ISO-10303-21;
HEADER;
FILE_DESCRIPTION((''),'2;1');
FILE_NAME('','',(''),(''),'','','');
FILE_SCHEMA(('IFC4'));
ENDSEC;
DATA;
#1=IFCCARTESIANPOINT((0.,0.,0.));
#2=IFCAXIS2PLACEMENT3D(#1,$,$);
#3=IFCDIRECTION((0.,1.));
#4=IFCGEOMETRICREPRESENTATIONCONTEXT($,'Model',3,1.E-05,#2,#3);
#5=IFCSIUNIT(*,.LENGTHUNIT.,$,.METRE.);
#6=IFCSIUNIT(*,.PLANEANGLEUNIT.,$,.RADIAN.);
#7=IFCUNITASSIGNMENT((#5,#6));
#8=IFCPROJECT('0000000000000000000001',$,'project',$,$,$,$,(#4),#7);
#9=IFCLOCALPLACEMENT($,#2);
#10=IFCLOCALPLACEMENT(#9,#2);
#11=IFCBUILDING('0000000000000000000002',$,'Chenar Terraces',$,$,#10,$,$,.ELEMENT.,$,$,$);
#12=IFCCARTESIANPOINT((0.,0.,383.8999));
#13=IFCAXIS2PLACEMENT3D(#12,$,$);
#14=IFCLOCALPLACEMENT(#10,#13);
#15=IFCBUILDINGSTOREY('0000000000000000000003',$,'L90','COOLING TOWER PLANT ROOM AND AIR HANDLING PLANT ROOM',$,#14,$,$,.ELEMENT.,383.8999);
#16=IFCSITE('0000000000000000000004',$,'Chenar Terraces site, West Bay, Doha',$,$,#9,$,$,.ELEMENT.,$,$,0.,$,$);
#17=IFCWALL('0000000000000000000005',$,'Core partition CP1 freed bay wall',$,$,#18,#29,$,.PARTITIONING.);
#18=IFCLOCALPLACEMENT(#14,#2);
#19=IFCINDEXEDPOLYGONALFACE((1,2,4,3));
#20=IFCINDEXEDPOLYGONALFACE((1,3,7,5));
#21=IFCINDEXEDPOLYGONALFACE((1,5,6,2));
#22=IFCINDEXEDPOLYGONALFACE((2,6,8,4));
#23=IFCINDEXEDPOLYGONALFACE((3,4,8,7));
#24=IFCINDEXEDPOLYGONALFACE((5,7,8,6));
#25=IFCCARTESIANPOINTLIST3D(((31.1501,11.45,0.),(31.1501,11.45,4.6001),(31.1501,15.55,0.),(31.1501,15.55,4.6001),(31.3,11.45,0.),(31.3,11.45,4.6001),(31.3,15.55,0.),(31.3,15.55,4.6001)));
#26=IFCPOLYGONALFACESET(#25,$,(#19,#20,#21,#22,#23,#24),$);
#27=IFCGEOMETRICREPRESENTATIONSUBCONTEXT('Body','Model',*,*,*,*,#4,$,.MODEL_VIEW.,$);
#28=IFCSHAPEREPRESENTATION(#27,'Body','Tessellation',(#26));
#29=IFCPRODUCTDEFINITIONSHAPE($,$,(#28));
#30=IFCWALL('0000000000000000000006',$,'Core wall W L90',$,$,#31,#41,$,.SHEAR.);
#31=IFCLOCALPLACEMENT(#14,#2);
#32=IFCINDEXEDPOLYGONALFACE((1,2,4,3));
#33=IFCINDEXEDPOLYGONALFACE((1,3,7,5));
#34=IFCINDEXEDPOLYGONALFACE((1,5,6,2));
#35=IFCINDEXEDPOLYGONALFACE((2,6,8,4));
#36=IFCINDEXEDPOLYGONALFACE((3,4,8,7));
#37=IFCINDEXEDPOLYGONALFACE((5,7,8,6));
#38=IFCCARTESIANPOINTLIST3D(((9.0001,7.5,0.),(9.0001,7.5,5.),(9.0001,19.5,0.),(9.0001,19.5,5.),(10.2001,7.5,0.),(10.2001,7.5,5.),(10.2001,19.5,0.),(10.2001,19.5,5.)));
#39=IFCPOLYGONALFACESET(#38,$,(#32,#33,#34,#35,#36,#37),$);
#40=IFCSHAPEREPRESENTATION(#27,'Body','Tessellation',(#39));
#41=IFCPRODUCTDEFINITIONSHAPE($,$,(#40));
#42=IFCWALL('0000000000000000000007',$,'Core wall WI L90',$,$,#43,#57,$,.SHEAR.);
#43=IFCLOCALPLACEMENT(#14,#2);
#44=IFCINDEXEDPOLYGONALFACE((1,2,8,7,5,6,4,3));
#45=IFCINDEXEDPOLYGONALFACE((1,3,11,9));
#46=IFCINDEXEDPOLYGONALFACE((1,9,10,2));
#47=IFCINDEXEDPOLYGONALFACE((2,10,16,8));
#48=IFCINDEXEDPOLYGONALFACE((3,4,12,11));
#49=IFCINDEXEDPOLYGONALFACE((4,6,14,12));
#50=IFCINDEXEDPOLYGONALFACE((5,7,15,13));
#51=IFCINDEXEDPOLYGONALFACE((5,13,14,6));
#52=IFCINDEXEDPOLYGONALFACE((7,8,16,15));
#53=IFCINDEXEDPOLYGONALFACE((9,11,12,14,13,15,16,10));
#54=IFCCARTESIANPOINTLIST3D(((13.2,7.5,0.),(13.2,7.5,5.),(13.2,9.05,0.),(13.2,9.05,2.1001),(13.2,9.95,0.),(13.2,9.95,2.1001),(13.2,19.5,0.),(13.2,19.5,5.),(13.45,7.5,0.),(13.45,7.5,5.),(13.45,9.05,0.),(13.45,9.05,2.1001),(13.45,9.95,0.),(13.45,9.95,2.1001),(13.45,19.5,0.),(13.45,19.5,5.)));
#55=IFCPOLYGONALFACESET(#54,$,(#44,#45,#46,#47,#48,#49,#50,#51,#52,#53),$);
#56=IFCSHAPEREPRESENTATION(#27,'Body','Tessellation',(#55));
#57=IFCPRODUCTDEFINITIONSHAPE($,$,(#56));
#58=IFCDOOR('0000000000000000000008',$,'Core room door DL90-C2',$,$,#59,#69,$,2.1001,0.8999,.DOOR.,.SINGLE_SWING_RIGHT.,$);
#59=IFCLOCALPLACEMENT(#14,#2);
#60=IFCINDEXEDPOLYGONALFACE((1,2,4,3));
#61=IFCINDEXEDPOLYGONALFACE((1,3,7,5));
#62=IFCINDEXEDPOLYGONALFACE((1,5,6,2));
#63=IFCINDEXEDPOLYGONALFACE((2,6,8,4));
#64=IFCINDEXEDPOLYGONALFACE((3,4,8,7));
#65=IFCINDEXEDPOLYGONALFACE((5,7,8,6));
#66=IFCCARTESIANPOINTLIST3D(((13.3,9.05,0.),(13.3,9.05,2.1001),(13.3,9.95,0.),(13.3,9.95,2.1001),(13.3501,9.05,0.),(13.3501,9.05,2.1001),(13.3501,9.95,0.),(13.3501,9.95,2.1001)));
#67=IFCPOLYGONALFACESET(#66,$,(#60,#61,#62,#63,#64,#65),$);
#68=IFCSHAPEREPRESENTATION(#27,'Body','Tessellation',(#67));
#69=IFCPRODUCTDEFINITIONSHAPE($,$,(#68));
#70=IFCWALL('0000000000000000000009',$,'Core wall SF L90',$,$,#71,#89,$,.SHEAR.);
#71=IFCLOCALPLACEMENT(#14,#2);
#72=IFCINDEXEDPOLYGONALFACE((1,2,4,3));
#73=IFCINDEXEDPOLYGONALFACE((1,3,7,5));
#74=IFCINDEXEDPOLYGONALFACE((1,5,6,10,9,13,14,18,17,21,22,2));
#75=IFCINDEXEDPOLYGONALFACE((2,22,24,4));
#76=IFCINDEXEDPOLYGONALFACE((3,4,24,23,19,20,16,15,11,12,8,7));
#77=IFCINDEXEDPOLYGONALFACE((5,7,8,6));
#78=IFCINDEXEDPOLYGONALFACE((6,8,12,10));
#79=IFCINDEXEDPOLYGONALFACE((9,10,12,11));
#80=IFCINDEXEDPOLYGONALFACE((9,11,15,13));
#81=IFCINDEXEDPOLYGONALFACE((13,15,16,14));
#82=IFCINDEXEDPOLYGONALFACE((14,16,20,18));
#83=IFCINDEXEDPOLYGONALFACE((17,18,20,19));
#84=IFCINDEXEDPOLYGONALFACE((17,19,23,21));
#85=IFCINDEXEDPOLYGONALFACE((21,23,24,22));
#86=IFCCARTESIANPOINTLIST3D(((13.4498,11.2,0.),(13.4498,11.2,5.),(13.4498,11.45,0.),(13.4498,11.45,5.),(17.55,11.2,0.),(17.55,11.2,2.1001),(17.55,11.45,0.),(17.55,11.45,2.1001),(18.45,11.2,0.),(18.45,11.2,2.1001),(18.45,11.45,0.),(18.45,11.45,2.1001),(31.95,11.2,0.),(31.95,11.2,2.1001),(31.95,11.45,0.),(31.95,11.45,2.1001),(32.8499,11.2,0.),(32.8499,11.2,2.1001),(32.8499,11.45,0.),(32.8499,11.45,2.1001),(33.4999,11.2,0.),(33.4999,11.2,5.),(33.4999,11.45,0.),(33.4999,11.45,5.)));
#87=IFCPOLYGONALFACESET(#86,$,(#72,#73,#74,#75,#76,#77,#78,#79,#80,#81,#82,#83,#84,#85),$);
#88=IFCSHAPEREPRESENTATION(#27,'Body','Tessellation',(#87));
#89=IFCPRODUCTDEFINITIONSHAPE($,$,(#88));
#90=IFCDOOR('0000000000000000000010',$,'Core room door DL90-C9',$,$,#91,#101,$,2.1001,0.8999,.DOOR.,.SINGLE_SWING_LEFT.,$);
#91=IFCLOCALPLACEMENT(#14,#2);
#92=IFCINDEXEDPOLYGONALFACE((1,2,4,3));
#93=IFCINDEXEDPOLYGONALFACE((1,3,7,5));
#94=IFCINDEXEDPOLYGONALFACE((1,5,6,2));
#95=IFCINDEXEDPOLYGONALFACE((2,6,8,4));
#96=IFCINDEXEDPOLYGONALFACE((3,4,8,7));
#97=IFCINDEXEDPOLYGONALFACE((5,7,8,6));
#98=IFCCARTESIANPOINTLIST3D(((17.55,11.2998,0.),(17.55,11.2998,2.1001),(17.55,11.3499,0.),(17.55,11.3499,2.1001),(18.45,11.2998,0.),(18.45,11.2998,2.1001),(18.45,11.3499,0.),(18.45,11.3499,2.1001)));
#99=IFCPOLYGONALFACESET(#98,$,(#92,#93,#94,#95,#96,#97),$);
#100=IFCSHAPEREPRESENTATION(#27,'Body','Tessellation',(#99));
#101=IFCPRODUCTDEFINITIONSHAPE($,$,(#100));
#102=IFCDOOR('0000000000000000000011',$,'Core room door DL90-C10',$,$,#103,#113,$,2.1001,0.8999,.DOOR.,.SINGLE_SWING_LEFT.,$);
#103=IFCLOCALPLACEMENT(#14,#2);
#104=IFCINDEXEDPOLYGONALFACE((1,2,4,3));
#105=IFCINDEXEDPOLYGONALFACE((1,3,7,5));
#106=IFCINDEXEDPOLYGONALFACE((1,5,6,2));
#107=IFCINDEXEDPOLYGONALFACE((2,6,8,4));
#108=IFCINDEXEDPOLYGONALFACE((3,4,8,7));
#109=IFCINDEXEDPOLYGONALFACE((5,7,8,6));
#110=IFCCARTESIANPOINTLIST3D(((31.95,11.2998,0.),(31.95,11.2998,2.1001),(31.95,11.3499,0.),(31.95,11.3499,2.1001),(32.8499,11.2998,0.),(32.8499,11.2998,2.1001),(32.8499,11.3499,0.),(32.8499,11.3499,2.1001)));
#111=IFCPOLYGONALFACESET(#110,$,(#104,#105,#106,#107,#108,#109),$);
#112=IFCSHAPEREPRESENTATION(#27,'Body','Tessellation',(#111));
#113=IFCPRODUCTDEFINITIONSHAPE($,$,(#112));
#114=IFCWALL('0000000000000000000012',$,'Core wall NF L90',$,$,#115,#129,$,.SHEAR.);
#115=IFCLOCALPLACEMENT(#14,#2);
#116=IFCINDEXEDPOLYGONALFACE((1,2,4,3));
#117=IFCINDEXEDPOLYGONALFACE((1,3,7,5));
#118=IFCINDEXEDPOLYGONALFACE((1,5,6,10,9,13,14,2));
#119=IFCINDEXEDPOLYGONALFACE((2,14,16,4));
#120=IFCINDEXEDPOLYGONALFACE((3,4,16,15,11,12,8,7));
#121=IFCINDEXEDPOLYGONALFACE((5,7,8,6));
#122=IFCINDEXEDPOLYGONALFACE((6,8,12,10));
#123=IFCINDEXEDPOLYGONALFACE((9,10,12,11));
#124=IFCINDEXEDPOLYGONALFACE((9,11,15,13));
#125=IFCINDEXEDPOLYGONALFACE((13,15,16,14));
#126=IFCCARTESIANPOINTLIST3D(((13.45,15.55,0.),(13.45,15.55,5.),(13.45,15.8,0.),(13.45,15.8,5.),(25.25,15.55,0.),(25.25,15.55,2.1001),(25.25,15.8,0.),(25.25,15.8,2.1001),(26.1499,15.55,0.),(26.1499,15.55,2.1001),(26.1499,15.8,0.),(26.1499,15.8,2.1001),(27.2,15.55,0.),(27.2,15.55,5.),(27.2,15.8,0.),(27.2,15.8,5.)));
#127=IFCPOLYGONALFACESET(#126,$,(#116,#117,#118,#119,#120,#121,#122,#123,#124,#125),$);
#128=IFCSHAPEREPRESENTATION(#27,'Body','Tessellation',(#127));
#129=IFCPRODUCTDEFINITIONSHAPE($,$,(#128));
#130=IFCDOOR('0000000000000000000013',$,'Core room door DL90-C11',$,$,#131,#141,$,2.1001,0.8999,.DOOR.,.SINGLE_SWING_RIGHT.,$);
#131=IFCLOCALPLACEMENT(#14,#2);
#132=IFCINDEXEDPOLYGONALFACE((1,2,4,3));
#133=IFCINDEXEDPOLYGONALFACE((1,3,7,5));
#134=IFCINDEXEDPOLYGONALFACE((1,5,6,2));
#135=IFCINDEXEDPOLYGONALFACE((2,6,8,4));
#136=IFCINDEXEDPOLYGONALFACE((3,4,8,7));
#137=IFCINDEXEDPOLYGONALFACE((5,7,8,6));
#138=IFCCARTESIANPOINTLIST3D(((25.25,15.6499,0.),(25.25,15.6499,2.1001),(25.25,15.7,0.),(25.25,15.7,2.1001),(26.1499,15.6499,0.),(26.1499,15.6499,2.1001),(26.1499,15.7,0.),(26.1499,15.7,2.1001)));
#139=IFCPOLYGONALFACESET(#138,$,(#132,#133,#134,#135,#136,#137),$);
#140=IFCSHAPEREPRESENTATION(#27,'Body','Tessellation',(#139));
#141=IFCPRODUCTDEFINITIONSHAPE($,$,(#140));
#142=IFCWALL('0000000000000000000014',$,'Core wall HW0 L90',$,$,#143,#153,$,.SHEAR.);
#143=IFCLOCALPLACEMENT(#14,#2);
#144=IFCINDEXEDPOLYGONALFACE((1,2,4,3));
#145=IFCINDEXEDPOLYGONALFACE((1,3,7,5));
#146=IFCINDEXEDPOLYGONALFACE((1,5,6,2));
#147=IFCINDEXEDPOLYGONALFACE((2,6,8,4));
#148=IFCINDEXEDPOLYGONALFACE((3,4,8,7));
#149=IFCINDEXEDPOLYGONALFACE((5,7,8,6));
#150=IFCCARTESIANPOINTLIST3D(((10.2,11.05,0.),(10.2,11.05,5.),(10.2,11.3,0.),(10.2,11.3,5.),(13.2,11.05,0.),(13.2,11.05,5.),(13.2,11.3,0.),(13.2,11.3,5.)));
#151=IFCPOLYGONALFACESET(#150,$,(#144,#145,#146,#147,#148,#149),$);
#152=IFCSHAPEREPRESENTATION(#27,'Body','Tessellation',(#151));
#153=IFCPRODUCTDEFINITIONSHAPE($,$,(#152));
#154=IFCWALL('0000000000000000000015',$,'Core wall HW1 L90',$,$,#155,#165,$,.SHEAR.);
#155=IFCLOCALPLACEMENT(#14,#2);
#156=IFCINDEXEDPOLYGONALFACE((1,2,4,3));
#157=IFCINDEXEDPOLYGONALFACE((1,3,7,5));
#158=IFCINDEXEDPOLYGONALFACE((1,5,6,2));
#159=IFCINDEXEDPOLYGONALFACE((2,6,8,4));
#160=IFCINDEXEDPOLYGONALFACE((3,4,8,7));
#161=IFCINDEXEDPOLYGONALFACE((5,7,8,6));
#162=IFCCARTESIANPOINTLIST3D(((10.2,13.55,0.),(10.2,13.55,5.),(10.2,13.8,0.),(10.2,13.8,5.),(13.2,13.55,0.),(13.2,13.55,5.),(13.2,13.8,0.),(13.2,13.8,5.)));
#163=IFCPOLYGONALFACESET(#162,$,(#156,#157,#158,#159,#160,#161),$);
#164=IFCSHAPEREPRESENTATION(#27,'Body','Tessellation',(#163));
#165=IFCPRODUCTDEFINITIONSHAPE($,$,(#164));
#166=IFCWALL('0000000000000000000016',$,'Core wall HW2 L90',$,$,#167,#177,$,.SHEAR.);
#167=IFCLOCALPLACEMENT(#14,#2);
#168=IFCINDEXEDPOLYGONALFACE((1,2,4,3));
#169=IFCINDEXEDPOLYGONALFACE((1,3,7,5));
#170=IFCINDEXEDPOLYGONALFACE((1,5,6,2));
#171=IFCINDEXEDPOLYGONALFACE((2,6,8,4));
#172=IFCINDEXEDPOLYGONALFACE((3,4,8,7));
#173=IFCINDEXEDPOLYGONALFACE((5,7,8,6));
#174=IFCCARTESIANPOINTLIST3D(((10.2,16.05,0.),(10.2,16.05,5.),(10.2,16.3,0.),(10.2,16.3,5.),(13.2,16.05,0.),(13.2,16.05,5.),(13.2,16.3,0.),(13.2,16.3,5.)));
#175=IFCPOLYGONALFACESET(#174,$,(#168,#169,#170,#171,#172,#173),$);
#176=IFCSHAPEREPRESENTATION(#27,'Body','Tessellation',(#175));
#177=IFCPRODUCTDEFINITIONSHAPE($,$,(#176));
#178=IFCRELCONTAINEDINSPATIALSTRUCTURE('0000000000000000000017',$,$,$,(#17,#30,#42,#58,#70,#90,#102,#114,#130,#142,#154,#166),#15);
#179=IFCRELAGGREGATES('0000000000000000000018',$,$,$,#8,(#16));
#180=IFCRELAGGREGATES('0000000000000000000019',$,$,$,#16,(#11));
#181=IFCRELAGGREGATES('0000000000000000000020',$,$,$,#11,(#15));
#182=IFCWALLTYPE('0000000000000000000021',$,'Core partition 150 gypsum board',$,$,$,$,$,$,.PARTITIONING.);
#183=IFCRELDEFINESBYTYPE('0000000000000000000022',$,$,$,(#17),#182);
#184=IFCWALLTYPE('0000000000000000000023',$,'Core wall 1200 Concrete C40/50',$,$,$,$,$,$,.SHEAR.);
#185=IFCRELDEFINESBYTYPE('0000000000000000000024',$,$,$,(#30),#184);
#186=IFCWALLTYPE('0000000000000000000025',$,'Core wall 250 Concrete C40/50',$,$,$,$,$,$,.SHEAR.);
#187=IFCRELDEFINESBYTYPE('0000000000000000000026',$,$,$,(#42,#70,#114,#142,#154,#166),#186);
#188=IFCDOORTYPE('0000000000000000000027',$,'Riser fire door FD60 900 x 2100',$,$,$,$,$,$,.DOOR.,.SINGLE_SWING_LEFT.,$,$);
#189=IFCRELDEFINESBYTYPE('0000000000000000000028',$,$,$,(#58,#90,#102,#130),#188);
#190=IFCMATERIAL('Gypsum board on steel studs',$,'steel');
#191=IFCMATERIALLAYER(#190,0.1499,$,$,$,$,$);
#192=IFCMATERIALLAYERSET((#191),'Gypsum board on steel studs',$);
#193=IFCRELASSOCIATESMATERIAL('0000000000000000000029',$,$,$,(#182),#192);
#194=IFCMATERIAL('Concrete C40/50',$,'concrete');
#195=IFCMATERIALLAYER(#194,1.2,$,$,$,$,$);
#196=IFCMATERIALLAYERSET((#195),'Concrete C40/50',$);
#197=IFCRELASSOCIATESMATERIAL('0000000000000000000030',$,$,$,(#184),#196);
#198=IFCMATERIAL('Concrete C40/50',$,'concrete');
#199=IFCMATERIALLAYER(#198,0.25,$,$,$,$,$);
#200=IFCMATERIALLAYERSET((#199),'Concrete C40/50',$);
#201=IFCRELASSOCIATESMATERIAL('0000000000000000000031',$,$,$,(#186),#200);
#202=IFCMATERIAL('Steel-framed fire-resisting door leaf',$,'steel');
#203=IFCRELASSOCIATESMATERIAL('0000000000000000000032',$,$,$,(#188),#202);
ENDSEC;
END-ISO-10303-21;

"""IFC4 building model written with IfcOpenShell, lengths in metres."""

from ifc_helpers import new_model, si_unit, direction, frame, frame_2d, origin, place, context, subcontext, project, spatial, rectangle, extrude, material, layer, layer_set, type_object, element, fill, save


model = new_model("IFC4")

# Units and contexts
model_context = context("Model", 3, precision=1e-05, world=origin(), true_north=direction((0.0, 1.0)))
body_context = subcontext(model_context, "Body", "Model", "MODEL_VIEW")
ifc_project = project(units=[si_unit("LENGTHUNIT", "METRE"), si_unit("PLANEANGLEUNIT", "RADIAN")], contexts=[model_context])

# Site, building, storey
site_placement = place(None, origin())
site = spatial("IfcSite", under=ifc_project, at=site_placement, Name="Chenar Terraces site, West Bay, Doha", CompositionType="ELEMENT", RefElevation=0.0)
building_placement = place(site_placement, origin())
building = spatial("IfcBuilding", under=site, at=building_placement, Name="Chenar Terraces", CompositionType="ELEMENT")
storey_placement = place(building_placement, frame((0.0, 0.0, 383.8999)))
storey = spatial("IfcBuildingStorey", under=building, at=storey_placement, Name="L90", Description="COOLING TOWER PLANT ROOM AND AIR HANDLING PLANT ROOM", CompositionType="ELEMENT", Elevation=383.8999)

# Walls
ifc_material_1 = material(Name="Gypsum board on steel studs", Category="steel")
ifc_layer_1 = layer(ifc_material_1, 0.1499)
ifc_layer_set_1 = layer_set([ifc_layer_1], Name="Gypsum board on steel studs")
wall_type_1 = type_object("IfcWallType", Name="Core partition 150 gypsum board", PredefinedType="PARTITIONING", material=ifc_layer_set_1)
wall_1_placement = place(storey_placement, frame((31.2251, 11.45, 0.0), z_axis=(0.0, 0.0, 1.0), x_axis=(0.0, 1.0, 0.0)))
element("IfcWall", 1, at=wall_1_placement, inside=storey, type_object=wall_type_1, Name="Core partition CP1 freed bay wall", PredefinedType="PARTITIONING", context=body_context, shape_type="SweptSolid", body=[
    extrude(rectangle(XDim=4.1001, YDim=0.1499, at=frame_2d((2.05, 0.0))), origin(), (0.0, 0.0, 1.0), 4.6001),
])
ifc_material_2 = material(Name="Concrete C40/50", Category="concrete")
ifc_layer_2 = layer(ifc_material_2, 1.2)
ifc_layer_set_2 = layer_set([ifc_layer_2], Name="Concrete C40/50")
wall_type_2 = type_object("IfcWallType", Name="Core wall 1200 Concrete C40/50", PredefinedType="SHEAR", material=ifc_layer_set_2)
wall_2_placement = place(storey_placement, frame((9.6001, 7.5, 0.0), z_axis=(0.0, 0.0, 1.0), x_axis=(0.0, 1.0, 0.0)))
element("IfcWall", 2, at=wall_2_placement, inside=storey, type_object=wall_type_2, Name="Core wall W L90", PredefinedType="SHEAR", context=body_context, shape_type="SweptSolid", body=[
    extrude(rectangle(XDim=12.0, YDim=1.2, at=frame_2d((6.0, 0.0))), origin(), (0.0, 0.0, 1.0), 5.0),
])

# Wall, opening, door
ifc_material_3 = material(Name="Concrete C40/50", Category="concrete")
ifc_layer_3 = layer(ifc_material_3, 0.25)
ifc_layer_set_3 = layer_set([ifc_layer_3], Name="Concrete C40/50")
wall_type_3 = type_object("IfcWallType", Name="Core wall 250 Concrete C40/50", PredefinedType="SHEAR", material=ifc_layer_set_3)
wall_3_placement = place(storey_placement, frame((13.325, 7.5, 0.0), z_axis=(0.0, 0.0, 1.0), x_axis=(0.0, 1.0, 0.0)))
wall_3 = element("IfcWall", 3, at=wall_3_placement, inside=storey, type_object=wall_type_3, Name="Core wall WI L90", PredefinedType="SHEAR", context=body_context, shape_type="SweptSolid", body=[
    extrude(rectangle(XDim=12.0, YDim=0.25, at=frame_2d((6.0, 0.0))), origin(), (0.0, 0.0, 1.0), 5.0),
])
opening_1_placement = place(wall_3_placement, frame((1.55, 0.0, 0.0)))
opening_1 = element("IfcOpeningElement", 4, at=opening_1_placement, cuts=wall_3, PredefinedType="OPENING", context=body_context, shape_type="SweptSolid", body=[
    extrude(rectangle(XDim=0.8999, YDim=2.1001, at=frame_2d((0.45, 1.05))), frame((0.0, 0.135, 0.0), z_axis=(0.0, -1.0, 0.0), x_axis=(1.0, 0.0, 0.0)), (0.0, 0.0, 1.0), 0.27),
])
ifc_material_4 = material(Name="Steel-framed fire-resisting door leaf", Category="steel")
door_type = type_object("IfcDoorType", Name="Riser fire door FD60 900 x 2100", OperationType="SINGLE_SWING_LEFT", PredefinedType="DOOR", material=ifc_material_4)
door_1_placement = place(opening_1_placement, origin())
door_1 = element("IfcDoor", 5, at=door_1_placement, inside=storey, type_object=door_type, Name="Core room door DL90-C2", OperationType="SINGLE_SWING_RIGHT", OverallHeight=2.1001, OverallWidth=0.8999, PredefinedType="DOOR", context=body_context, shape_type="SweptSolid", body=[
    extrude(rectangle(XDim=0.8999, YDim=2.1001, at=frame_2d((0.45, 1.05))), frame((0.0, 0.0249, 0.0), z_axis=(0.0, -1.0, 0.0), x_axis=(1.0, 0.0, 0.0)), (0.0, 0.0, 1.0), 0.05),
])
fill(opening_1, door_1)

# Wall, openings, doors
wall_4_placement = place(storey_placement, frame((13.45, 11.325, 0.0), z_axis=(0.0, 0.0, 1.0), x_axis=(1.0, 0.0, 0.0)))
wall_4 = element("IfcWall", 6, at=wall_4_placement, inside=storey, type_object=wall_type_3, Name="Core wall SF L90", PredefinedType="SHEAR", context=body_context, shape_type="SweptSolid", body=[
    extrude(rectangle(XDim=20.05, YDim=0.25, at=frame_2d((10.0249, 0.0))), origin(), (0.0, 0.0, 1.0), 5.0),
])
opening_2_placement = place(wall_4_placement, frame((4.1001, 0.0, 0.0)))
opening_2 = element("IfcOpeningElement", 7, at=opening_2_placement, cuts=wall_4, PredefinedType="OPENING", context=body_context, shape_type="SweptSolid", body=[
    extrude(rectangle(XDim=0.8999, YDim=2.1001, at=frame_2d((0.45, 1.05))), frame((0.0, 0.135, 0.0), z_axis=(0.0, -1.0, 0.0), x_axis=(1.0, 0.0, 0.0)), (0.0, 0.0, 1.0), 0.27),
])
opening_3_placement = place(wall_4_placement, frame((18.5, 0.0, 0.0)))
opening_3 = element("IfcOpeningElement", 8, at=opening_3_placement, cuts=wall_4, PredefinedType="OPENING", context=body_context, shape_type="SweptSolid", body=[
    extrude(rectangle(XDim=0.8999, YDim=2.1001, at=frame_2d((0.45, 1.05))), frame((0.0, 0.135, 0.0), z_axis=(0.0, -1.0, 0.0), x_axis=(1.0, 0.0, 0.0)), (0.0, 0.0, 1.0), 0.27),
])
door_2_placement = place(opening_2_placement, origin())
door_2 = element("IfcDoor", 9, at=door_2_placement, inside=storey, type_object=door_type, Name="Core room door DL90-C9", OperationType="SINGLE_SWING_LEFT", OverallHeight=2.1001, OverallWidth=0.8999, PredefinedType="DOOR", context=body_context, shape_type="SweptSolid", body=[
    extrude(rectangle(XDim=0.8999, YDim=2.1001, at=frame_2d((0.45, 1.05))), frame((0.0, 0.0249, 0.0), z_axis=(0.0, -1.0, 0.0), x_axis=(1.0, 0.0, 0.0)), (0.0, 0.0, 1.0), 0.05),
])
fill(opening_2, door_2)
door_3_placement = place(opening_3_placement, origin())
door_3 = element("IfcDoor", 10, at=door_3_placement, inside=storey, type_object=door_type, Name="Core room door DL90-C10", OperationType="SINGLE_SWING_LEFT", OverallHeight=2.1001, OverallWidth=0.8999, PredefinedType="DOOR", context=body_context, shape_type="SweptSolid", body=[
    extrude(rectangle(XDim=0.8999, YDim=2.1001, at=frame_2d((0.45, 1.05))), frame((0.0, 0.0249, 0.0), z_axis=(0.0, -1.0, 0.0), x_axis=(1.0, 0.0, 0.0)), (0.0, 0.0, 1.0), 0.05),
])
fill(opening_3, door_3)

# Wall, opening, door
wall_5_placement = place(storey_placement, frame((13.45, 15.675, 0.0), z_axis=(0.0, 0.0, 1.0), x_axis=(1.0, 0.0, 0.0)))
wall_5 = element("IfcWall", 11, at=wall_5_placement, inside=storey, type_object=wall_type_3, Name="Core wall NF L90", PredefinedType="SHEAR", context=body_context, shape_type="SweptSolid", body=[
    extrude(rectangle(XDim=13.75, YDim=0.25, at=frame_2d((6.875, 0.0))), origin(), (0.0, 0.0, 1.0), 5.0),
])
opening_4_placement = place(wall_5_placement, frame((11.8, 0.0, 0.0)))
opening_4 = element("IfcOpeningElement", 12, at=opening_4_placement, cuts=wall_5, PredefinedType="OPENING", context=body_context, shape_type="SweptSolid", body=[
    extrude(rectangle(XDim=0.8999, YDim=2.1001, at=frame_2d((0.45, 1.05))), frame((0.0, 0.135, 0.0), z_axis=(0.0, -1.0, 0.0), x_axis=(1.0, 0.0, 0.0)), (0.0, 0.0, 1.0), 0.27),
])
door_4_placement = place(opening_4_placement, origin())
door_4 = element("IfcDoor", 13, at=door_4_placement, inside=storey, type_object=door_type, Name="Core room door DL90-C11", OperationType="SINGLE_SWING_RIGHT", OverallHeight=2.1001, OverallWidth=0.8999, PredefinedType="DOOR", context=body_context, shape_type="SweptSolid", body=[
    extrude(rectangle(XDim=0.8999, YDim=2.1001, at=frame_2d((0.45, 1.05))), frame((0.0, 0.0249, 0.0), z_axis=(0.0, -1.0, 0.0), x_axis=(1.0, 0.0, 0.0)), (0.0, 0.0, 1.0), 0.05),
])
fill(opening_4, door_4)

# Walls
for number, where, z_axis, x_axis, name in (
    (14, (10.2, 11.175, 0.0), (0.0, 0.0, 1.0), (1.0, 0.0, 0.0), "Core wall HW0 L90"),
    (15, (10.2, 13.675, 0.0), (0.0, 0.0, 1.0), (1.0, 0.0, 0.0), "Core wall HW1 L90"),
    (16, (10.2, 16.175, 0.0), (0.0, 0.0, 1.0), (1.0, 0.0, 0.0), "Core wall HW2 L90"),
):
    element("IfcWall", number, at=place(storey_placement, frame(where, z_axis=z_axis, x_axis=x_axis)), inside=storey, type_object=wall_type_3, Name=name, PredefinedType="SHEAR", context=body_context, shape_type="SweptSolid", body=[
        extrude(rectangle(XDim=3.0, YDim=0.25, at=frame_2d((1.5, 0.0))), origin(), (0.0, 0.0, 1.0), 5.0),
    ])

save(model, "model.ifc")
